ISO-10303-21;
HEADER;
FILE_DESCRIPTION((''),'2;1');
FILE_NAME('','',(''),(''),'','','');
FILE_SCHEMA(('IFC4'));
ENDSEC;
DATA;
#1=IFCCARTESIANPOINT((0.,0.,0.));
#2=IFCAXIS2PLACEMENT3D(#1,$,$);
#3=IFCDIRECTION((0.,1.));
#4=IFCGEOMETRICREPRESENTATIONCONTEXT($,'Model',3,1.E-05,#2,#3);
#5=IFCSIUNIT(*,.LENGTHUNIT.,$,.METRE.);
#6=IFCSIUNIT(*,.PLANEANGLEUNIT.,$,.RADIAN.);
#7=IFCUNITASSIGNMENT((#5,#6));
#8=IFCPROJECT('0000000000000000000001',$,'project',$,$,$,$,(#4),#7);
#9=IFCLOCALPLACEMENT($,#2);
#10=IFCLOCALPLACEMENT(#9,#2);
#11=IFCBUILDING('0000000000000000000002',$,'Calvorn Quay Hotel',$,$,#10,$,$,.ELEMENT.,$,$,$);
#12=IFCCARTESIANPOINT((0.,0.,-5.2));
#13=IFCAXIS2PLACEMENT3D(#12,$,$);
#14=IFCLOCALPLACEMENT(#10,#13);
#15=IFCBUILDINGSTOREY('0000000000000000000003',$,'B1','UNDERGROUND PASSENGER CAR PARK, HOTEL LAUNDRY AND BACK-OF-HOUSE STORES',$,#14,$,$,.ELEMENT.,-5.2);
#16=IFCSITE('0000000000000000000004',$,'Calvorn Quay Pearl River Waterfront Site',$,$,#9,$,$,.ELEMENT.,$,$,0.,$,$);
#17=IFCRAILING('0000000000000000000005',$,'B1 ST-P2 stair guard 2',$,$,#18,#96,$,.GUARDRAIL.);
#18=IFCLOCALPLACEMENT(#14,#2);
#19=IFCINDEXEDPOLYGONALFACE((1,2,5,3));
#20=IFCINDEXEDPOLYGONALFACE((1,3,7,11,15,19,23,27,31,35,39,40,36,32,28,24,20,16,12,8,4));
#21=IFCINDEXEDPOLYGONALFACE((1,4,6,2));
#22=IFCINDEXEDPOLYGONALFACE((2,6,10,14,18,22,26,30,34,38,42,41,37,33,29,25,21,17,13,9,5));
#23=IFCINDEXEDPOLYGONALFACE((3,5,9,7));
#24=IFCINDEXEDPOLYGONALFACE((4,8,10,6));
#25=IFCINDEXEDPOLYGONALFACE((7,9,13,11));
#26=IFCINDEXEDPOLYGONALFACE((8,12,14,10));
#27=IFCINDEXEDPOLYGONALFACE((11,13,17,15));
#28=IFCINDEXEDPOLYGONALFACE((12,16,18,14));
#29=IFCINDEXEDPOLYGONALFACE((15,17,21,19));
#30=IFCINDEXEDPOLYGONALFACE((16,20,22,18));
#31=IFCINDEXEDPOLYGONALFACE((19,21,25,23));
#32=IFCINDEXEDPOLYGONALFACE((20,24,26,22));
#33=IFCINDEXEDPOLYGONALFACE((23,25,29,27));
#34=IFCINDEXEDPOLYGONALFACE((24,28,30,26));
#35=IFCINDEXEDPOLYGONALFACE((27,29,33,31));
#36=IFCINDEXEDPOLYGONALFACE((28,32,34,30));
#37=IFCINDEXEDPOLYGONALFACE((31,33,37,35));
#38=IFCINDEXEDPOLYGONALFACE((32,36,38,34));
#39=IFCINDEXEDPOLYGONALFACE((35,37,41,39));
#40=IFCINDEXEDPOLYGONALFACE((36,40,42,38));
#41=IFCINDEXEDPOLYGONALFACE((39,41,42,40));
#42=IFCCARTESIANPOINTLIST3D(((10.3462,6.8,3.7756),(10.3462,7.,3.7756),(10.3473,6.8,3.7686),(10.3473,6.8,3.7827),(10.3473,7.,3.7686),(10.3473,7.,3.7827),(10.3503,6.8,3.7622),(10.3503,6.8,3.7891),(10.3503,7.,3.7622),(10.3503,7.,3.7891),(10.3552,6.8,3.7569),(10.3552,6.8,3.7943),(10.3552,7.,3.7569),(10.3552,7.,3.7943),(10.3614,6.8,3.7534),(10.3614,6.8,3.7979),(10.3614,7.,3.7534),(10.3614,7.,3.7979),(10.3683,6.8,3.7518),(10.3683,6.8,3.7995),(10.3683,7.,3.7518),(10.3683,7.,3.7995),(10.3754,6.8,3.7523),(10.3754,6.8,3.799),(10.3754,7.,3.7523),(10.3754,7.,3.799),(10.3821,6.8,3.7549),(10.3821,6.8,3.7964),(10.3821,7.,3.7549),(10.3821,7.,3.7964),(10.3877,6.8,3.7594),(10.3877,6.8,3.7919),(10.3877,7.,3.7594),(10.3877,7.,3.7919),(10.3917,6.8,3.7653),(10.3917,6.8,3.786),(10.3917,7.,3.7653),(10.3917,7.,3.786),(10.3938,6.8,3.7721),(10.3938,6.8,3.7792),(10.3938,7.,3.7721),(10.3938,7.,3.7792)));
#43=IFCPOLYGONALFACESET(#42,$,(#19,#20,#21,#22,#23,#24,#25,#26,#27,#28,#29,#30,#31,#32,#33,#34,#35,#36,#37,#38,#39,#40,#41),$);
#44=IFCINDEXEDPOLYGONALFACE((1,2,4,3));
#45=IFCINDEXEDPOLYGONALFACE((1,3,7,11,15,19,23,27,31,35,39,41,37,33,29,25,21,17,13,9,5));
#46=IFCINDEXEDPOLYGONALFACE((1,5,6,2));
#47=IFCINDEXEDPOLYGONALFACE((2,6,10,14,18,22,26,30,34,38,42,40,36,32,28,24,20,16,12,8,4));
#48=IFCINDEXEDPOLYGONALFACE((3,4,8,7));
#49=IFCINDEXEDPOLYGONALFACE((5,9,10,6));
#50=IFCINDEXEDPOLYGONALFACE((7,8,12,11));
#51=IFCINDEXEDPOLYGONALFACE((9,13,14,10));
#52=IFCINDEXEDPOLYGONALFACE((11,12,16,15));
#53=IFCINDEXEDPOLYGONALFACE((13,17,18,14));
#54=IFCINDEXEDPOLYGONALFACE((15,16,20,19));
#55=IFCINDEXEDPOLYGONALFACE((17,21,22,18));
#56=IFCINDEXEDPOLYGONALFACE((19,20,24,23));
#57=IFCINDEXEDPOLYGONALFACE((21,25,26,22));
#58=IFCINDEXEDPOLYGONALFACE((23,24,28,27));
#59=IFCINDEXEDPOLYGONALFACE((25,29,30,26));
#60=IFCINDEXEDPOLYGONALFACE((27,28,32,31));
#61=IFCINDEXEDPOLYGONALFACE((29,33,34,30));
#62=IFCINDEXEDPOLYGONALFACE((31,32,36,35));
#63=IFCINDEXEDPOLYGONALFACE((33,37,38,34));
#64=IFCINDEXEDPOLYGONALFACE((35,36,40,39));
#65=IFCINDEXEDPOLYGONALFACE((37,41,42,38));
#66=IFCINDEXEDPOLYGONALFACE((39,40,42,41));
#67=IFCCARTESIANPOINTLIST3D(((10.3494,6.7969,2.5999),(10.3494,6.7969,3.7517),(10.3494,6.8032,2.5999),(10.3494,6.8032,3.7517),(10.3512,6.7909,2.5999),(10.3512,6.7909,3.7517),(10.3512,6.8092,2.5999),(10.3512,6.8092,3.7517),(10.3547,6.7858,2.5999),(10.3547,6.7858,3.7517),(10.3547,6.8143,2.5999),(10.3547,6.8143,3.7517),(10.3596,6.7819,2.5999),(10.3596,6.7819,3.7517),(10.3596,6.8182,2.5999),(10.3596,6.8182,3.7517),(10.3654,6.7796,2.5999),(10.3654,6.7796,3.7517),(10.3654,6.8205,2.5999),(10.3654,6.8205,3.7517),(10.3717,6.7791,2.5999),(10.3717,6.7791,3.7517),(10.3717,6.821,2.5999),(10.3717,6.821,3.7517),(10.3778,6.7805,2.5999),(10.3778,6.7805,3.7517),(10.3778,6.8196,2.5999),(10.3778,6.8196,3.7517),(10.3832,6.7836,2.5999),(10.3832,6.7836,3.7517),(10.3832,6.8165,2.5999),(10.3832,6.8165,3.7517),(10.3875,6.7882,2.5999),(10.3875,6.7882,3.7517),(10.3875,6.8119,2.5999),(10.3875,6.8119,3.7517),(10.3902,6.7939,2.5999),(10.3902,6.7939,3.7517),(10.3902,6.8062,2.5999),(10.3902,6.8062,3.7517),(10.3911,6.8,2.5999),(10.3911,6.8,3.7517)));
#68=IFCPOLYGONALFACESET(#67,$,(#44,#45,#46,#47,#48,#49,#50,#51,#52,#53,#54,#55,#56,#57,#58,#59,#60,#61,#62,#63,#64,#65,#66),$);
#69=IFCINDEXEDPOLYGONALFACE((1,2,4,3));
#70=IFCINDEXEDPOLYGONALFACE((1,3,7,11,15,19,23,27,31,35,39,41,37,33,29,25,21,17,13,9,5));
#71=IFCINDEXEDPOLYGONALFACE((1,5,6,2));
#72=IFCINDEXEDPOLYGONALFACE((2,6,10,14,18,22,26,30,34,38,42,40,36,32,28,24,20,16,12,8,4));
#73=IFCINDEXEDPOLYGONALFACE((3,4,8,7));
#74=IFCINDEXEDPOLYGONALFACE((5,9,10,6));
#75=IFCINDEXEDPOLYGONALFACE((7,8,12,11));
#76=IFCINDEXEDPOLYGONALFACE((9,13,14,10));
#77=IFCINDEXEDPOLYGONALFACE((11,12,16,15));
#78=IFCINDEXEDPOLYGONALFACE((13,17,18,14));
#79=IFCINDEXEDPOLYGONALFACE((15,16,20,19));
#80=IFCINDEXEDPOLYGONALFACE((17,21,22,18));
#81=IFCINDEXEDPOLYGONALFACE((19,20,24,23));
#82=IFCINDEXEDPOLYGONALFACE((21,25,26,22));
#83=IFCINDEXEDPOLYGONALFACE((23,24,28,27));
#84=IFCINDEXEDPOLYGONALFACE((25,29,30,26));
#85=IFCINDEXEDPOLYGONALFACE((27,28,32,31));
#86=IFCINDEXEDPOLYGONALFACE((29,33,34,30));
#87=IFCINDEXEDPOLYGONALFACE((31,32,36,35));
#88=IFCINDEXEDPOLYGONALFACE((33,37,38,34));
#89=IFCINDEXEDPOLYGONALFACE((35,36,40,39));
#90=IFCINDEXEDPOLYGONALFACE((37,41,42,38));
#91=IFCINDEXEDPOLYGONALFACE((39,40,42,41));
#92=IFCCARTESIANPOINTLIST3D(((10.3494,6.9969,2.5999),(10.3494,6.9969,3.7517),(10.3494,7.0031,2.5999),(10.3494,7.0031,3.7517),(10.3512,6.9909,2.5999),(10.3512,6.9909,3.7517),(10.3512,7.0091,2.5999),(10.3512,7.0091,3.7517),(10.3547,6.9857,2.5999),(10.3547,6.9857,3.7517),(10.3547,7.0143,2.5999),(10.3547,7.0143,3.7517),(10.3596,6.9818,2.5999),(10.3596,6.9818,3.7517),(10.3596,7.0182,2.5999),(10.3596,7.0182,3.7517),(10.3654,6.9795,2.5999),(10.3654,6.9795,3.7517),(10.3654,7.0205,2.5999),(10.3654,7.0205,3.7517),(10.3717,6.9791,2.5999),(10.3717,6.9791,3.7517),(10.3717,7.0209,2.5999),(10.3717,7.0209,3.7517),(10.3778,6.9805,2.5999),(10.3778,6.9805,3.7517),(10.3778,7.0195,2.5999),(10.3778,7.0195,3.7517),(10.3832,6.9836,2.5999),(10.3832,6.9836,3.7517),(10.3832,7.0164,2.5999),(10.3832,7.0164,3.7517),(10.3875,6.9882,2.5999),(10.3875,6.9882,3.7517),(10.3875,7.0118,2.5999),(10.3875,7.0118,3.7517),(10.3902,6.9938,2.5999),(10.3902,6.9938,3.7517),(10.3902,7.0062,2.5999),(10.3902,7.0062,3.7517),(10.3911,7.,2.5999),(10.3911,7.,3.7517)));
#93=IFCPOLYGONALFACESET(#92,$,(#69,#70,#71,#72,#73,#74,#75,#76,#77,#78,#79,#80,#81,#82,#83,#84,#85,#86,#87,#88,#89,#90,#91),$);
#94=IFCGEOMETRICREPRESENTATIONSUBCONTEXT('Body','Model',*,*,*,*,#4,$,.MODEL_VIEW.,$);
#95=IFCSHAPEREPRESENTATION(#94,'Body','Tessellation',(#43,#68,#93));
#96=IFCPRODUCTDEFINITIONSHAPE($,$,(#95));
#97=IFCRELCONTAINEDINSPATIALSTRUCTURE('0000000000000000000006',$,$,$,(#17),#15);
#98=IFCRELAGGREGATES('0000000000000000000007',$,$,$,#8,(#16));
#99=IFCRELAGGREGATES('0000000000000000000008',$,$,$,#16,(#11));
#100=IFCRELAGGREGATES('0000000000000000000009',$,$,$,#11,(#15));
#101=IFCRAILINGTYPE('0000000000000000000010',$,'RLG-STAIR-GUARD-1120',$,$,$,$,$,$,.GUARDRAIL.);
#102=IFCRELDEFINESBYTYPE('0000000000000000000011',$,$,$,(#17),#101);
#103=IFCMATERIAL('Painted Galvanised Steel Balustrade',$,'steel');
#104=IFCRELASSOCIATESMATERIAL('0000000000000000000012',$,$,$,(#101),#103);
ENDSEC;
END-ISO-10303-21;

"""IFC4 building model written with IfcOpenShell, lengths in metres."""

from ifc_helpers import new_model, si_unit, direction, frame, origin, origin_2d, place, context, subcontext, project, spatial, circle, extrude, material, type_object, element, save


model = new_model("IFC4")

# Units and contexts
model_context = context("Model", 3, precision=1e-05, world=origin(), true_north=direction((0.0, 1.0)))
body_context = subcontext(model_context, "Body", "Model", "MODEL_VIEW")
ifc_project = project(units=[si_unit("LENGTHUNIT", "METRE"), si_unit("PLANEANGLEUNIT", "RADIAN")], contexts=[model_context])

# Site, building, storey
site_placement = place(None, origin())
site = spatial("IfcSite", under=ifc_project, at=site_placement, Name="Calvorn Quay Pearl River Waterfront Site", CompositionType="ELEMENT", RefElevation=0.0)
building_placement = place(site_placement, origin())
building = spatial("IfcBuilding", under=site, at=building_placement, Name="Calvorn Quay Hotel", CompositionType="ELEMENT")
storey_placement = place(building_placement, frame((0.0, 0.0, -5.2)))
storey = spatial("IfcBuildingStorey", under=building, at=storey_placement, Name="B1", Description="UNDERGROUND PASSENGER CAR PARK, HOTEL LAUNDRY AND BACK-OF-HOUSE STORES", CompositionType="ELEMENT", Elevation=-5.2)

# Railing
ifc_material_1 = material(Name="Painted Galvanised Steel Balustrade", Category="steel")
railing_type_1 = type_object("IfcRailingType", Name="RLG-STAIR-GUARD-1120", PredefinedType="GUARDRAIL", material=ifc_material_1)
railing_1_placement = place(storey_placement, frame((10.3701, 6.8, 2.5999)))
element("IfcRailing", 1, at=railing_1_placement, inside=storey, type_object=railing_type_1, Name="B1 ST-P2 stair guard 2", PredefinedType="GUARDRAIL", context=body_context, shape_type="SweptSolid", body=[
    extrude(circle(Radius=0.0239, at=origin_2d()), frame((0.0, 0.0, 1.1758), z_axis=(0.0, 1.0, 0.0), x_axis=(-1.0, 0.0, 0.0)), (0.0, 0.0, 1.0), 0.2),
    extrude(circle(Radius=0.021, at=origin_2d()), origin(), (0.0, 0.0, 1.0), 1.1519),
    extrude(circle(Radius=0.021, at=origin_2d()), frame((0.0, 0.2, 0.0)), (0.0, 0.0, 1.0), 1.1519),
])

save(model, "model.ifc")
